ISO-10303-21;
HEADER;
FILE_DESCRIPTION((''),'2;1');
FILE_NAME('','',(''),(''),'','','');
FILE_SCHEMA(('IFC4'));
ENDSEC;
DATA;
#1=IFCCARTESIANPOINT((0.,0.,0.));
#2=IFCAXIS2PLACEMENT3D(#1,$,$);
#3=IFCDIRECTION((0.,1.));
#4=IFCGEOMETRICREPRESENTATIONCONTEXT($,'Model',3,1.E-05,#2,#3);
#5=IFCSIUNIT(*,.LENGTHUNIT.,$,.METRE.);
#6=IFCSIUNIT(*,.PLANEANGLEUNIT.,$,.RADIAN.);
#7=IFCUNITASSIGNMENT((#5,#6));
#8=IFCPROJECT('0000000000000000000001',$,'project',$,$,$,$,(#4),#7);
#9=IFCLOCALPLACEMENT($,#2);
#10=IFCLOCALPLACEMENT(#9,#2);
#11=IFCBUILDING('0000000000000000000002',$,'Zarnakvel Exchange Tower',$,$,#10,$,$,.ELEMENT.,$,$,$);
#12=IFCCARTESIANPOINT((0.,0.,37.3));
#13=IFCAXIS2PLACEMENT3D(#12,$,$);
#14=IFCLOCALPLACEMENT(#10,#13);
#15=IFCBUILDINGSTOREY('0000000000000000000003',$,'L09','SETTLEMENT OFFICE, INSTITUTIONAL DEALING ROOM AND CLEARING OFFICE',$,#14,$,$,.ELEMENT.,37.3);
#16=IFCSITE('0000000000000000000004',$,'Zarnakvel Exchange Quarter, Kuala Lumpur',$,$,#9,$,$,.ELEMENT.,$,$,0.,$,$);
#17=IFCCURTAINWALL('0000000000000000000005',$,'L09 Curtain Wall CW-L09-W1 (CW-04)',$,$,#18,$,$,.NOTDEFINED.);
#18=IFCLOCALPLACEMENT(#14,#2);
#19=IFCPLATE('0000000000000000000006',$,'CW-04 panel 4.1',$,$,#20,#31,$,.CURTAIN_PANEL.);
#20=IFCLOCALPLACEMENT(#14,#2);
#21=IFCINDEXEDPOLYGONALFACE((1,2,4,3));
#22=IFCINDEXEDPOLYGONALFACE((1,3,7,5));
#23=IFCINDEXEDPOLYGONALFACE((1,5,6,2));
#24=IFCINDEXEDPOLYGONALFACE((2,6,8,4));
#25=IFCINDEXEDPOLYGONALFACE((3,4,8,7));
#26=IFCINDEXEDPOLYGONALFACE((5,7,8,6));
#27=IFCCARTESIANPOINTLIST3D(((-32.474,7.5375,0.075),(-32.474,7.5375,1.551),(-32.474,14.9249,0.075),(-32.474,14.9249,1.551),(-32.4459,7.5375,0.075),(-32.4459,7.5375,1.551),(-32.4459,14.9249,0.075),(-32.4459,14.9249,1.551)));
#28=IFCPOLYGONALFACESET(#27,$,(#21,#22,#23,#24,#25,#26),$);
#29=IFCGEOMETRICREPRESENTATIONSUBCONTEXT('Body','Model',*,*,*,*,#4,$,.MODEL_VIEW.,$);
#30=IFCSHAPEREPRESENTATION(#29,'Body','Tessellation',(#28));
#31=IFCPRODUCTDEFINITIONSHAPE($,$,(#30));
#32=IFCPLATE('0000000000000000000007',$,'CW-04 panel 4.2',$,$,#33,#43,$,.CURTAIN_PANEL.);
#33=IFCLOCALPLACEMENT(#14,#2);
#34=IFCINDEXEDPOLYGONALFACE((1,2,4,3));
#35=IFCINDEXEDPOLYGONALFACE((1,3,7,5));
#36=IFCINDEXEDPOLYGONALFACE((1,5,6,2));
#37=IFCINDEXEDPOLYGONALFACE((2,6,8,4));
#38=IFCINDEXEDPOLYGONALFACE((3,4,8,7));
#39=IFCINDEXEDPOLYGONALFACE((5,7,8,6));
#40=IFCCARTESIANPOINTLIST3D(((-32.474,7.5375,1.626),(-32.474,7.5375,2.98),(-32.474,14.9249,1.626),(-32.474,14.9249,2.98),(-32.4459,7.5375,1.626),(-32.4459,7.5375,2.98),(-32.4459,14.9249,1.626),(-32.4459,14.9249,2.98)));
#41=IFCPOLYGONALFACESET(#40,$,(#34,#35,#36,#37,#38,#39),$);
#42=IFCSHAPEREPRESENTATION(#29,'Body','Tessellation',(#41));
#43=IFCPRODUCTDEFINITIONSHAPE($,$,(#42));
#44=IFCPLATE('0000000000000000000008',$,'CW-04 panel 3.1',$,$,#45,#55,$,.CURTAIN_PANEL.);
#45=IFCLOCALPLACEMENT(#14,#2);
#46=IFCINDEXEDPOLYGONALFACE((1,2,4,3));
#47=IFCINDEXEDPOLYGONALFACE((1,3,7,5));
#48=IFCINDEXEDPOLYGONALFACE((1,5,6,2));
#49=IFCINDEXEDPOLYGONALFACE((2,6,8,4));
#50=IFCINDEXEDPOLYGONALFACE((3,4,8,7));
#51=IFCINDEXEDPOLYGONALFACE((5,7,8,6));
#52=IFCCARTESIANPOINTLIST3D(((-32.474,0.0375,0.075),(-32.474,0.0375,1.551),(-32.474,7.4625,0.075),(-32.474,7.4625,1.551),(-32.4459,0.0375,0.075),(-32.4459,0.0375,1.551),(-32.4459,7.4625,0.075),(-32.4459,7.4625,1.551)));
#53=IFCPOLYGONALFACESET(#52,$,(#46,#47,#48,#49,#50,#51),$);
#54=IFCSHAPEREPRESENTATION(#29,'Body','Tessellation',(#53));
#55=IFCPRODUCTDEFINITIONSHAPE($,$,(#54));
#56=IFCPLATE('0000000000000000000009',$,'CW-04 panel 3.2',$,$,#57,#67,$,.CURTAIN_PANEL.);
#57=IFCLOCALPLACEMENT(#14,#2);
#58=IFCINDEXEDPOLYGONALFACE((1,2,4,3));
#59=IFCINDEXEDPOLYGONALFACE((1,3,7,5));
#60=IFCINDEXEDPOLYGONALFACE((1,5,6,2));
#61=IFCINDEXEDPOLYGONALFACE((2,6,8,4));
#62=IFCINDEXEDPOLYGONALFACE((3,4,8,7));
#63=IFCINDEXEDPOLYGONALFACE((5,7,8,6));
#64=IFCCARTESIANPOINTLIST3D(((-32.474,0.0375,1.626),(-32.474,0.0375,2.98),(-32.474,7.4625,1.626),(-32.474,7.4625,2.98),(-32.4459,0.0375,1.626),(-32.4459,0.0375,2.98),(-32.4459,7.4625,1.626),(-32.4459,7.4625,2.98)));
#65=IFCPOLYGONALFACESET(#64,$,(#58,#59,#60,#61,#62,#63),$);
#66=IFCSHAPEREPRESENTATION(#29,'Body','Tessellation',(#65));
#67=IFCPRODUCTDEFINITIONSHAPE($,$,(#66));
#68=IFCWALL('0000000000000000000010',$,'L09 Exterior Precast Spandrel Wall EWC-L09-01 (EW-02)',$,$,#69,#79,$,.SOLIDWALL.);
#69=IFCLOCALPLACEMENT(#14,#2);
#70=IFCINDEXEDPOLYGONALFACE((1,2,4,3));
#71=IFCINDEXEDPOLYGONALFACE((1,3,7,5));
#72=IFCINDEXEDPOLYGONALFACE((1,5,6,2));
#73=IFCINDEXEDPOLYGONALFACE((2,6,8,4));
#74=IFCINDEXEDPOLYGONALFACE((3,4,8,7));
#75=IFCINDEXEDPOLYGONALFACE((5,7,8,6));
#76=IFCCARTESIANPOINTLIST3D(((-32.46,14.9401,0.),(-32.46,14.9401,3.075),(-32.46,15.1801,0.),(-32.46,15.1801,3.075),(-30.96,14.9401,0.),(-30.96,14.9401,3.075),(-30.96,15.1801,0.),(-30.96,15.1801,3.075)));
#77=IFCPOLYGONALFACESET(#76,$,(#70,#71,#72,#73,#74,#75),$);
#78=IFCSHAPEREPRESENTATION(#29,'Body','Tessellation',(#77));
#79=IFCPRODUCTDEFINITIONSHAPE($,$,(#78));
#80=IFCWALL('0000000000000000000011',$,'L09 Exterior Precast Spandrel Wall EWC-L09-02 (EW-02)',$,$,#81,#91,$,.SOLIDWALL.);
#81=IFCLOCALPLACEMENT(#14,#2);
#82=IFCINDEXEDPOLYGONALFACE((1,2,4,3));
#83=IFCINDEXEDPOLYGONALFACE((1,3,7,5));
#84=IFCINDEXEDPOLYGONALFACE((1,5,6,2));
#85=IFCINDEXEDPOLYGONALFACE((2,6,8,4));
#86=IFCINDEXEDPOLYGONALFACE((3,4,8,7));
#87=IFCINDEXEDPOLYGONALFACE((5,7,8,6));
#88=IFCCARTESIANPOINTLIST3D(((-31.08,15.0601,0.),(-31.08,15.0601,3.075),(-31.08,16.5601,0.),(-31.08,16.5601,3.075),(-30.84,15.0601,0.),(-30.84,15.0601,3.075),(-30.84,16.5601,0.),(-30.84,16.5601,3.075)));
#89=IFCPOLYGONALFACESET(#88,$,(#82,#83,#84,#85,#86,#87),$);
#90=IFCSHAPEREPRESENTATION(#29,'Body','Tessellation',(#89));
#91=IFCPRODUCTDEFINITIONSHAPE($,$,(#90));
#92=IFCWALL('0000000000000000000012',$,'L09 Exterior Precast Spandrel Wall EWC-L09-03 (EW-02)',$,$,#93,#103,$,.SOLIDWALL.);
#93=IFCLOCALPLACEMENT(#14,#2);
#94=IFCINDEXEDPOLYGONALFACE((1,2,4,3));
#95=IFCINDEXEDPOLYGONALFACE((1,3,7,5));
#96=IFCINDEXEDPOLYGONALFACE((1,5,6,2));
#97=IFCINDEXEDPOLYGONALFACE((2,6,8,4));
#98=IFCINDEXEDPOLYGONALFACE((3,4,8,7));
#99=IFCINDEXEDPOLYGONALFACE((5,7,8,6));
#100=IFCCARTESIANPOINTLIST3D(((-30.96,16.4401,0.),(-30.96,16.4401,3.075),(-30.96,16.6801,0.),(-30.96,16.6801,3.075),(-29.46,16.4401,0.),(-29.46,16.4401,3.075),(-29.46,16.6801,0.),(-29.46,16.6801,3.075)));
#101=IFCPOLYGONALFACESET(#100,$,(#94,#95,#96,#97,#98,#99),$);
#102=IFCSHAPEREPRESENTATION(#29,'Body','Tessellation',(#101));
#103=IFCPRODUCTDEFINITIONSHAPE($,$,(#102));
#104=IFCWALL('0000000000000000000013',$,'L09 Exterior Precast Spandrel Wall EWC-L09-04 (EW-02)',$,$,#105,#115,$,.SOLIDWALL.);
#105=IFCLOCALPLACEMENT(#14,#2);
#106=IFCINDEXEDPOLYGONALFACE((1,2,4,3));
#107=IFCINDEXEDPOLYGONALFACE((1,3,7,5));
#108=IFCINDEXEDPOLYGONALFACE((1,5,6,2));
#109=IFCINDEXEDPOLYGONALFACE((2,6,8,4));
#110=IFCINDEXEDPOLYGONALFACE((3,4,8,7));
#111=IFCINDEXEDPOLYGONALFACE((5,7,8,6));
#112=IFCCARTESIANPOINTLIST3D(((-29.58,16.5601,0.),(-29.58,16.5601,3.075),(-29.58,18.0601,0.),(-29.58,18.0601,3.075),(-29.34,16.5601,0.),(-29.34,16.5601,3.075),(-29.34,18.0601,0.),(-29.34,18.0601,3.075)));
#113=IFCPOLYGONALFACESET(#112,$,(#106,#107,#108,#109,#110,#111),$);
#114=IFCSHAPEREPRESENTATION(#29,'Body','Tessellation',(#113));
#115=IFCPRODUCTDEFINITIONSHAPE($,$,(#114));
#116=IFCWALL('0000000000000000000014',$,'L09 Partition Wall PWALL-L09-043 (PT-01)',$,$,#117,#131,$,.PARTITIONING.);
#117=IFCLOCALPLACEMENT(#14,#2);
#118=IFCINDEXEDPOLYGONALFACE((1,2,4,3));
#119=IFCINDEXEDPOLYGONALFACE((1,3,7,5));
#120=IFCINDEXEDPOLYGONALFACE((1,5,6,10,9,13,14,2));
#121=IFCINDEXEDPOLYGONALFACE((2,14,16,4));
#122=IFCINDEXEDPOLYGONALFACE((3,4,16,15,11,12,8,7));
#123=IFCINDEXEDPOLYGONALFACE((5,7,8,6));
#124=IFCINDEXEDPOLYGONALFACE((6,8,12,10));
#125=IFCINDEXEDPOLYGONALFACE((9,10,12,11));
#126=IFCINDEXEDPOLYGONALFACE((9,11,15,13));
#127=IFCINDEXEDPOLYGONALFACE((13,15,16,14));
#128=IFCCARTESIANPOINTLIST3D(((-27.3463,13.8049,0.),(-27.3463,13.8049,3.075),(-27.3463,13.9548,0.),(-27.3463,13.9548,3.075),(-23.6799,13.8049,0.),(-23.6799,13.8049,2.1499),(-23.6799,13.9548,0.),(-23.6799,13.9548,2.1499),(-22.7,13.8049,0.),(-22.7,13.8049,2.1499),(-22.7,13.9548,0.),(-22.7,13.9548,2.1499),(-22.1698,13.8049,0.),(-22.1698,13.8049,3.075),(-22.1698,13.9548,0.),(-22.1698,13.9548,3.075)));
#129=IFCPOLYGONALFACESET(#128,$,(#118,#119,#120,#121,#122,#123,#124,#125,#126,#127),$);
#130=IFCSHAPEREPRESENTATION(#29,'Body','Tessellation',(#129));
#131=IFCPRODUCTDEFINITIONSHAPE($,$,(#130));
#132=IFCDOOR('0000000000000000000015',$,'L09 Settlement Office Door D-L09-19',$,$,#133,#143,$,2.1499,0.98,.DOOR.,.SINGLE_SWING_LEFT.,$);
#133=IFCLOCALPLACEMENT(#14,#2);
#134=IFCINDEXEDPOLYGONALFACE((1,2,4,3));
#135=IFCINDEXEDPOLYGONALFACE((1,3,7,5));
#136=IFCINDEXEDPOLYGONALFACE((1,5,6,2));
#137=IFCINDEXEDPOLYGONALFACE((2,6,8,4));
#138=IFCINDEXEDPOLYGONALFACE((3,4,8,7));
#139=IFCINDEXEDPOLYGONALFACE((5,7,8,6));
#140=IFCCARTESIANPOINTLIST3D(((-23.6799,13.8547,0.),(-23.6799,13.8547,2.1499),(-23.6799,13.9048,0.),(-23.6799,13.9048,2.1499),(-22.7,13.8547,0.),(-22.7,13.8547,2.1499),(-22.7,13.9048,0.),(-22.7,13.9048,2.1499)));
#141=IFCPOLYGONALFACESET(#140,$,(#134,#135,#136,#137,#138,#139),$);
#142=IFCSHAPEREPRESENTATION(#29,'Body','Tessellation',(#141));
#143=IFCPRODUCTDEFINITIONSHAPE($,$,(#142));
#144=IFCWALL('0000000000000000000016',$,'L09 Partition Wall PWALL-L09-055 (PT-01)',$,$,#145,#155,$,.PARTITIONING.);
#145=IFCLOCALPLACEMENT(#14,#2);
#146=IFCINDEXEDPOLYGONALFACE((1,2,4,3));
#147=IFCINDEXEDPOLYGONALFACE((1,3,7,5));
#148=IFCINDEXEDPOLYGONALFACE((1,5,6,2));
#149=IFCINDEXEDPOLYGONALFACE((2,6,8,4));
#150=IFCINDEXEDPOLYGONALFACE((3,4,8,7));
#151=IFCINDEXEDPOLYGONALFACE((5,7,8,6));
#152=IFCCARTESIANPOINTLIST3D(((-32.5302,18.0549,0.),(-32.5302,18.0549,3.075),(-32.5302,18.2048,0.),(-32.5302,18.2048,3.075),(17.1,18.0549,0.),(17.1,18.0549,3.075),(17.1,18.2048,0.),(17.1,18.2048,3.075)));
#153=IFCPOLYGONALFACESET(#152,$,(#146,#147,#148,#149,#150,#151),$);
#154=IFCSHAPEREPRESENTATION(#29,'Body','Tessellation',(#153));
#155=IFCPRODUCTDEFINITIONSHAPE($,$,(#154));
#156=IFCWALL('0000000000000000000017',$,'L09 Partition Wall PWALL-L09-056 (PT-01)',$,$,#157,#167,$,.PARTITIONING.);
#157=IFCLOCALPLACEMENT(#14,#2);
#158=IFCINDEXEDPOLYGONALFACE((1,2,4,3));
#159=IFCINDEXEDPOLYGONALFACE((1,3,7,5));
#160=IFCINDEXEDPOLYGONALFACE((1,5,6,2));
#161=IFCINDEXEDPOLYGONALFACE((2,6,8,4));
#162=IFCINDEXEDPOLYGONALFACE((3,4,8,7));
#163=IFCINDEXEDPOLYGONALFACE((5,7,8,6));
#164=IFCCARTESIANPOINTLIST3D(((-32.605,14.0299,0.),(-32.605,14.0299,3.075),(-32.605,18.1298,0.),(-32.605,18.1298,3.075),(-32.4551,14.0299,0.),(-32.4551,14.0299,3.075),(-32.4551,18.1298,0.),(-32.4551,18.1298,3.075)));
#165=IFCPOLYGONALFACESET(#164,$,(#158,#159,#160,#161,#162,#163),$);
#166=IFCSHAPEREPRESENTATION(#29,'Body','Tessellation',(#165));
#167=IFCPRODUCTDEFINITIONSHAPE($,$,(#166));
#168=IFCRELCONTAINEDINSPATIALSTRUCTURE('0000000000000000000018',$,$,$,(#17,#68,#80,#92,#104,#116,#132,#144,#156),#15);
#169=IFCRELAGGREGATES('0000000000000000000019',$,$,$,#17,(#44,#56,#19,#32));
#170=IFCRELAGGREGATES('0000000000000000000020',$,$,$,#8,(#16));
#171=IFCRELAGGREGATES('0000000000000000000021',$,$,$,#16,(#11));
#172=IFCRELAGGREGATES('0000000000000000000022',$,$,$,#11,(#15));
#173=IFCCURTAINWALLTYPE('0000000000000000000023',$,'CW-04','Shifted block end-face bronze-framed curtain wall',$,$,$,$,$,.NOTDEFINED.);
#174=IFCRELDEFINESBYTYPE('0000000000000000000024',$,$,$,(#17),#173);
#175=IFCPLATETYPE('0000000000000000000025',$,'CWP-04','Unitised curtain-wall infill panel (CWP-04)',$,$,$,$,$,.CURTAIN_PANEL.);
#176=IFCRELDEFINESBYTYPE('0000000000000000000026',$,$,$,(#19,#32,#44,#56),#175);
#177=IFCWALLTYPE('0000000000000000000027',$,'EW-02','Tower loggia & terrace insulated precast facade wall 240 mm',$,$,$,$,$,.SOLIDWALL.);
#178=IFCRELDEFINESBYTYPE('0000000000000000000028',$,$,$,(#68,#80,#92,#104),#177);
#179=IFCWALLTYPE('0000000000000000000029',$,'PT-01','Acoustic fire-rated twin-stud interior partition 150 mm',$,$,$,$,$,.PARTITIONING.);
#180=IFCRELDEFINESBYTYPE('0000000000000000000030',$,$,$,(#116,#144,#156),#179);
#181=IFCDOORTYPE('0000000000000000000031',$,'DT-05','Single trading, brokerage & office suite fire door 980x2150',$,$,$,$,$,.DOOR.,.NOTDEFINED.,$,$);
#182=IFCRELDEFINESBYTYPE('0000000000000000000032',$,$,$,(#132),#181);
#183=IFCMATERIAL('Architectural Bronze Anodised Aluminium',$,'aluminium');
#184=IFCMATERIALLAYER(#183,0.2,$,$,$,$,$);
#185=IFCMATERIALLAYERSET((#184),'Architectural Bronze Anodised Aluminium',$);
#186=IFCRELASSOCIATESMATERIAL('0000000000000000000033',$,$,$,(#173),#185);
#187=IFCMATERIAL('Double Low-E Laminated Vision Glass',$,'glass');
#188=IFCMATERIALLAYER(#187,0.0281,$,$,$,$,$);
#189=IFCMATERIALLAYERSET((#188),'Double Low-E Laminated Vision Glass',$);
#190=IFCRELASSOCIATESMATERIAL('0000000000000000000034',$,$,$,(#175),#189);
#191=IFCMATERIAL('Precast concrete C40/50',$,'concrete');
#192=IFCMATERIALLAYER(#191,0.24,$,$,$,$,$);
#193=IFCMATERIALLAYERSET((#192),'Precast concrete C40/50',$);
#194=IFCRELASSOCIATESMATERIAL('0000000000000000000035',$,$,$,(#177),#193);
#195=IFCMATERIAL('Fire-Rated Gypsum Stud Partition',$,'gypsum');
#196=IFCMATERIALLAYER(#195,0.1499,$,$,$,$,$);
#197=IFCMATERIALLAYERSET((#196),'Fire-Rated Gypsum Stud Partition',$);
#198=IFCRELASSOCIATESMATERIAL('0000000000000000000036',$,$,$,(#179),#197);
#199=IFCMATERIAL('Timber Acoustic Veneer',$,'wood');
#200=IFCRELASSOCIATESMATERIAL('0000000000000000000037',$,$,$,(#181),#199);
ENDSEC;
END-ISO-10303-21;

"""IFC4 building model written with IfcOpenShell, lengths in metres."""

from ifc_helpers import new_model, si_unit, direction, frame, frame_2d, origin, origin_2d, place, context, subcontext, project, spatial, rectangle, extrude, source, transform, mapped, material, layer, layer_set, type_object, element, fill, aggregate, save


model = new_model("IFC4")

# Units and contexts
model_context = context("Model", 3, precision=1e-05, world=origin(), true_north=direction((0.0, 1.0)))
body_context = subcontext(model_context, "Body", "Model", "MODEL_VIEW")
ifc_project = project(units=[si_unit("LENGTHUNIT", "METRE"), si_unit("PLANEANGLEUNIT", "RADIAN")], contexts=[model_context])

# Site, building, storey
site_placement = place(None, origin())
site = spatial("IfcSite", under=ifc_project, at=site_placement, Name="Zarnakvel Exchange Quarter, Kuala Lumpur", CompositionType="ELEMENT", RefElevation=0.0)
building_placement = place(site_placement, origin())
building = spatial("IfcBuilding", under=site, at=building_placement, Name="Zarnakvel Exchange Tower", CompositionType="ELEMENT")
storey_placement = place(building_placement, frame((0.0, 0.0, 37.3)))
storey = spatial("IfcBuildingStorey", under=building, at=storey_placement, Name="L09", Description="SETTLEMENT OFFICE, INSTITUTIONAL DEALING ROOM AND CLEARING OFFICE", CompositionType="ELEMENT", Elevation=37.3)

# Curtain wall
ifc_material_1 = material(Name="Architectural Bronze Anodised Aluminium", Category="aluminium")
ifc_layer_1 = layer(ifc_material_1, 0.2)
ifc_layer_set_1 = layer_set([ifc_layer_1], Name="Architectural Bronze Anodised Aluminium")
curtain_wall_type_1 = type_object("IfcCurtainWallType", Name="CW-04", Description="Shifted block end-face bronze-framed curtain wall", PredefinedType="NOTDEFINED", material=ifc_layer_set_1)
curtain_wall_1_placement = place(storey_placement, origin())
curtain_wall_1 = element("IfcCurtainWall", 1, at=curtain_wall_1_placement, inside=storey, type_object=curtain_wall_type_1, Name="L09 Curtain Wall CW-L09-W1 (CW-04)", PredefinedType="NOTDEFINED")

# Plates
ifc_material_2 = material(Name="Double Low-E Laminated Vision Glass", Category="glass")
ifc_layer_2 = layer(ifc_material_2, 0.0281)
ifc_layer_set_2 = layer_set([ifc_layer_2], Name="Double Low-E Laminated Vision Glass")
plate_type_1 = type_object("IfcPlateType", Name="CWP-04", Description="Unitised curtain-wall infill panel (CWP-04)", PredefinedType="CURTAIN_PANEL", material=ifc_layer_set_2)
shared_shape_1 = source(origin(), body_context, "Body", "SweptSolid", [
    extrude(rectangle(XDim=7.3875, YDim=0.0281, at=origin_2d()), origin(), (0.0, 0.0, 1.0), 1.4761),
])
plate_1_placement = place(storey_placement, frame((-32.46, 11.2312, 0.075), z_axis=(0.0, 0.0, 1.0), x_axis=(0.0, 1.0, 0.0)))
plate_1 = element("IfcPlate", 2, at=plate_1_placement, type_object=plate_type_1, Name="CW-04 panel 4.1", PredefinedType="CURTAIN_PANEL", context=body_context, shape_type="MappedRepresentation", body=[
    mapped(shared_shape_1, transform((0.0, 0.0, 0.0), x_axis=(1.0, 0.0, 0.0), y_axis=(0.0, 1.0, 0.0), z_axis=(0.0, 0.0, 1.0), scale=1.0)),
])
shared_shape_2 = source(origin(), body_context, "Body", "SweptSolid", [
    extrude(rectangle(XDim=7.3875, YDim=0.0281, at=origin_2d()), origin(), (0.0, 0.0, 1.0), 1.354),
])
plate_2_placement = place(storey_placement, frame((-32.46, 11.2312, 1.626), z_axis=(0.0, 0.0, 1.0), x_axis=(0.0, 1.0, 0.0)))
plate_2 = element("IfcPlate", 3, at=plate_2_placement, type_object=plate_type_1, Name="CW-04 panel 4.2", PredefinedType="CURTAIN_PANEL", context=body_context, shape_type="MappedRepresentation", body=[
    mapped(shared_shape_2, transform((0.0, 0.0, 0.0), x_axis=(1.0, 0.0, 0.0), y_axis=(0.0, 1.0, 0.0), z_axis=(0.0, 0.0, 1.0), scale=1.0)),
])
shared_shape_3 = source(origin(), body_context, "Body", "SweptSolid", [
    extrude(rectangle(XDim=7.425, YDim=0.0281, at=origin_2d()), origin(), (0.0, 0.0, 1.0), 1.4761),
])
plate_3_placement = place(storey_placement, frame((-32.46, 3.75, 0.075), z_axis=(0.0, 0.0, 1.0), x_axis=(0.0, 1.0, 0.0)))
plate_3 = element("IfcPlate", 4, at=plate_3_placement, type_object=plate_type_1, Name="CW-04 panel 3.1", PredefinedType="CURTAIN_PANEL", context=body_context, shape_type="MappedRepresentation", body=[
    mapped(shared_shape_3, transform((0.0, 0.0, 0.0), x_axis=(1.0, 0.0, 0.0), y_axis=(0.0, 1.0, 0.0), z_axis=(0.0, 0.0, 1.0), scale=1.0)),
])
shared_shape_4 = source(origin(), body_context, "Body", "SweptSolid", [
    extrude(rectangle(XDim=7.425, YDim=0.0281, at=origin_2d()), origin(), (0.0, 0.0, 1.0), 1.354),
])
plate_4_placement = place(storey_placement, frame((-32.46, 3.75, 1.626), z_axis=(0.0, 0.0, 1.0), x_axis=(0.0, 1.0, 0.0)))
plate_4 = element("IfcPlate", 5, at=plate_4_placement, type_object=plate_type_1, Name="CW-04 panel 3.2", PredefinedType="CURTAIN_PANEL", context=body_context, shape_type="MappedRepresentation", body=[
    mapped(shared_shape_4, transform((0.0, 0.0, 0.0), x_axis=(1.0, 0.0, 0.0), y_axis=(0.0, 1.0, 0.0), z_axis=(0.0, 0.0, 1.0), scale=1.0)),
])
aggregate(curtain_wall_1, [plate_3, plate_4, plate_1, plate_2])

# Walls
ifc_material_3 = material(Name="Precast concrete C40/50", Category="concrete")
ifc_layer_3 = layer(ifc_material_3, 0.24)
ifc_layer_set_3 = layer_set([ifc_layer_3], Name="Precast concrete C40/50")
wall_type_1 = type_object("IfcWallType", Name="EW-02", Description="Tower loggia & terrace insulated precast facade wall 240 mm", PredefinedType="SOLIDWALL", material=ifc_layer_set_3)
for number, where, z_axis, x_axis, name in (
    (6, (-30.96, 15.0601, 0.0), (0.0, 0.0, 1.0), (-1.0, 0.0, 0.0), "L09 Exterior Precast Spandrel Wall EWC-L09-01 (EW-02)"),
    (7, (-30.96, 16.5601, 0.0), (0.0, 0.0, 1.0), (0.0, -1.0, 0.0), "L09 Exterior Precast Spandrel Wall EWC-L09-02 (EW-02)"),
    (8, (-29.46, 16.5601, 0.0), (0.0, 0.0, 1.0), (-1.0, 0.0, 0.0), "L09 Exterior Precast Spandrel Wall EWC-L09-03 (EW-02)"),
    (9, (-29.46, 18.0601, 0.0), (0.0, 0.0, 1.0), (0.0, -1.0, 0.0), "L09 Exterior Precast Spandrel Wall EWC-L09-04 (EW-02)"),
):
    element("IfcWall", number, at=place(storey_placement, frame(where, z_axis=z_axis, x_axis=x_axis)), inside=storey, type_object=wall_type_1, Name=name, PredefinedType="SOLIDWALL", context=body_context, shape_type="SweptSolid", body=[
        extrude(rectangle(XDim=1.5, YDim=0.24, at=frame_2d((0.75, 0.0))), origin(), (0.0, 0.0, 1.0), 3.075),
    ])

# Wall, opening, door
ifc_material_4 = material(Name="Fire-Rated Gypsum Stud Partition", Category="gypsum")
ifc_layer_4 = layer(ifc_material_4, 0.1499)
ifc_layer_set_4 = layer_set([ifc_layer_4], Name="Fire-Rated Gypsum Stud Partition")
wall_type_2 = type_object("IfcWallType", Name="PT-01", Description="Acoustic fire-rated twin-stud interior partition 150 mm", PredefinedType="PARTITIONING", material=ifc_layer_set_4)
wall_1_placement = place(storey_placement, frame((-27.3464, 13.8799, 0.0), z_axis=(0.0, 0.0, 1.0), x_axis=(1.0, 0.0, 0.0)))
wall_1 = element("IfcWall", 10, at=wall_1_placement, inside=storey, type_object=wall_type_2, Name="L09 Partition Wall PWALL-L09-043 (PT-01)", PredefinedType="PARTITIONING", context=body_context, shape_type="SweptSolid", body=[
    extrude(rectangle(XDim=5.1765, YDim=0.1499, at=frame_2d((2.5884, 0.0))), origin(), (0.0, 0.0, 1.0), 3.075),
])
opening_placement = place(wall_1_placement, frame((3.6665, 0.0, 0.0)))
opening = element("IfcOpeningElement", 11, at=opening_placement, cuts=wall_1, PredefinedType="OPENING", context=body_context, shape_type="SweptSolid", body=[
    extrude(rectangle(XDim=0.98, YDim=2.1499, at=frame_2d((0.49, 1.075))), frame((0.0, 0.085, 0.0), z_axis=(0.0, -1.0, 0.0), x_axis=(1.0, 0.0, 0.0)), (0.0, 0.0, 1.0), 0.1699),
])
ifc_material_5 = material(Name="Timber Acoustic Veneer", Category="wood")
door_type = type_object("IfcDoorType", Name="DT-05", Description="Single trading, brokerage & office suite fire door 980x2150", OperationType="NOTDEFINED", PredefinedType="DOOR", material=ifc_material_5)
shared_shape_5 = source(origin(), body_context, "Body", "SweptSolid", [
    extrude(rectangle(XDim=0.98, YDim=2.1499, at=frame_2d((0.49, 1.075))), frame((0.0, 0.0249, 0.0), z_axis=(0.0, -1.0, 0.0), x_axis=(1.0, 0.0, 0.0)), (0.0, 0.0, 1.0), 0.05),
])
door_placement = place(opening_placement, origin())
door = element("IfcDoor", 12, at=door_placement, inside=storey, type_object=door_type, Name="L09 Settlement Office Door D-L09-19", OperationType="SINGLE_SWING_LEFT", OverallHeight=2.1499, OverallWidth=0.98, PredefinedType="DOOR", context=body_context, shape_type="MappedRepresentation", body=[
    mapped(shared_shape_5, transform((0.0, 0.0, 0.0), x_axis=(1.0, 0.0, 0.0), y_axis=(0.0, 1.0, 0.0), z_axis=(0.0, 0.0, 1.0), scale=1.0)),
])
fill(opening, door)

# Walls
wall_2_placement = place(storey_placement, frame((-32.53, 18.1299, 0.0), z_axis=(0.0, 0.0, 1.0), x_axis=(1.0, 0.0, 0.0)))
element("IfcWall", 13, at=wall_2_placement, inside=storey, type_object=wall_type_2, Name="L09 Partition Wall PWALL-L09-055 (PT-01)", PredefinedType="PARTITIONING", context=body_context, shape_type="SweptSolid", body=[
    extrude(rectangle(XDim=49.6301, YDim=0.1499, at=frame_2d((24.8149, 0.0))), origin(), (0.0, 0.0, 1.0), 3.075),
])
wall_3_placement = place(storey_placement, frame((-32.53, 14.03, 0.0), z_axis=(0.0, 0.0, 1.0), x_axis=(0.0, 1.0, 0.0)))
element("IfcWall", 14, at=wall_3_placement, inside=storey, type_object=wall_type_2, Name="L09 Partition Wall PWALL-L09-056 (PT-01)", PredefinedType="PARTITIONING", context=body_context, shape_type="SweptSolid", body=[
    extrude(rectangle(XDim=4.0999, YDim=0.1499, at=frame_2d((2.0498, 0.0))), origin(), (0.0, 0.0, 1.0), 3.075),
])

save(model, "model.ifc")
